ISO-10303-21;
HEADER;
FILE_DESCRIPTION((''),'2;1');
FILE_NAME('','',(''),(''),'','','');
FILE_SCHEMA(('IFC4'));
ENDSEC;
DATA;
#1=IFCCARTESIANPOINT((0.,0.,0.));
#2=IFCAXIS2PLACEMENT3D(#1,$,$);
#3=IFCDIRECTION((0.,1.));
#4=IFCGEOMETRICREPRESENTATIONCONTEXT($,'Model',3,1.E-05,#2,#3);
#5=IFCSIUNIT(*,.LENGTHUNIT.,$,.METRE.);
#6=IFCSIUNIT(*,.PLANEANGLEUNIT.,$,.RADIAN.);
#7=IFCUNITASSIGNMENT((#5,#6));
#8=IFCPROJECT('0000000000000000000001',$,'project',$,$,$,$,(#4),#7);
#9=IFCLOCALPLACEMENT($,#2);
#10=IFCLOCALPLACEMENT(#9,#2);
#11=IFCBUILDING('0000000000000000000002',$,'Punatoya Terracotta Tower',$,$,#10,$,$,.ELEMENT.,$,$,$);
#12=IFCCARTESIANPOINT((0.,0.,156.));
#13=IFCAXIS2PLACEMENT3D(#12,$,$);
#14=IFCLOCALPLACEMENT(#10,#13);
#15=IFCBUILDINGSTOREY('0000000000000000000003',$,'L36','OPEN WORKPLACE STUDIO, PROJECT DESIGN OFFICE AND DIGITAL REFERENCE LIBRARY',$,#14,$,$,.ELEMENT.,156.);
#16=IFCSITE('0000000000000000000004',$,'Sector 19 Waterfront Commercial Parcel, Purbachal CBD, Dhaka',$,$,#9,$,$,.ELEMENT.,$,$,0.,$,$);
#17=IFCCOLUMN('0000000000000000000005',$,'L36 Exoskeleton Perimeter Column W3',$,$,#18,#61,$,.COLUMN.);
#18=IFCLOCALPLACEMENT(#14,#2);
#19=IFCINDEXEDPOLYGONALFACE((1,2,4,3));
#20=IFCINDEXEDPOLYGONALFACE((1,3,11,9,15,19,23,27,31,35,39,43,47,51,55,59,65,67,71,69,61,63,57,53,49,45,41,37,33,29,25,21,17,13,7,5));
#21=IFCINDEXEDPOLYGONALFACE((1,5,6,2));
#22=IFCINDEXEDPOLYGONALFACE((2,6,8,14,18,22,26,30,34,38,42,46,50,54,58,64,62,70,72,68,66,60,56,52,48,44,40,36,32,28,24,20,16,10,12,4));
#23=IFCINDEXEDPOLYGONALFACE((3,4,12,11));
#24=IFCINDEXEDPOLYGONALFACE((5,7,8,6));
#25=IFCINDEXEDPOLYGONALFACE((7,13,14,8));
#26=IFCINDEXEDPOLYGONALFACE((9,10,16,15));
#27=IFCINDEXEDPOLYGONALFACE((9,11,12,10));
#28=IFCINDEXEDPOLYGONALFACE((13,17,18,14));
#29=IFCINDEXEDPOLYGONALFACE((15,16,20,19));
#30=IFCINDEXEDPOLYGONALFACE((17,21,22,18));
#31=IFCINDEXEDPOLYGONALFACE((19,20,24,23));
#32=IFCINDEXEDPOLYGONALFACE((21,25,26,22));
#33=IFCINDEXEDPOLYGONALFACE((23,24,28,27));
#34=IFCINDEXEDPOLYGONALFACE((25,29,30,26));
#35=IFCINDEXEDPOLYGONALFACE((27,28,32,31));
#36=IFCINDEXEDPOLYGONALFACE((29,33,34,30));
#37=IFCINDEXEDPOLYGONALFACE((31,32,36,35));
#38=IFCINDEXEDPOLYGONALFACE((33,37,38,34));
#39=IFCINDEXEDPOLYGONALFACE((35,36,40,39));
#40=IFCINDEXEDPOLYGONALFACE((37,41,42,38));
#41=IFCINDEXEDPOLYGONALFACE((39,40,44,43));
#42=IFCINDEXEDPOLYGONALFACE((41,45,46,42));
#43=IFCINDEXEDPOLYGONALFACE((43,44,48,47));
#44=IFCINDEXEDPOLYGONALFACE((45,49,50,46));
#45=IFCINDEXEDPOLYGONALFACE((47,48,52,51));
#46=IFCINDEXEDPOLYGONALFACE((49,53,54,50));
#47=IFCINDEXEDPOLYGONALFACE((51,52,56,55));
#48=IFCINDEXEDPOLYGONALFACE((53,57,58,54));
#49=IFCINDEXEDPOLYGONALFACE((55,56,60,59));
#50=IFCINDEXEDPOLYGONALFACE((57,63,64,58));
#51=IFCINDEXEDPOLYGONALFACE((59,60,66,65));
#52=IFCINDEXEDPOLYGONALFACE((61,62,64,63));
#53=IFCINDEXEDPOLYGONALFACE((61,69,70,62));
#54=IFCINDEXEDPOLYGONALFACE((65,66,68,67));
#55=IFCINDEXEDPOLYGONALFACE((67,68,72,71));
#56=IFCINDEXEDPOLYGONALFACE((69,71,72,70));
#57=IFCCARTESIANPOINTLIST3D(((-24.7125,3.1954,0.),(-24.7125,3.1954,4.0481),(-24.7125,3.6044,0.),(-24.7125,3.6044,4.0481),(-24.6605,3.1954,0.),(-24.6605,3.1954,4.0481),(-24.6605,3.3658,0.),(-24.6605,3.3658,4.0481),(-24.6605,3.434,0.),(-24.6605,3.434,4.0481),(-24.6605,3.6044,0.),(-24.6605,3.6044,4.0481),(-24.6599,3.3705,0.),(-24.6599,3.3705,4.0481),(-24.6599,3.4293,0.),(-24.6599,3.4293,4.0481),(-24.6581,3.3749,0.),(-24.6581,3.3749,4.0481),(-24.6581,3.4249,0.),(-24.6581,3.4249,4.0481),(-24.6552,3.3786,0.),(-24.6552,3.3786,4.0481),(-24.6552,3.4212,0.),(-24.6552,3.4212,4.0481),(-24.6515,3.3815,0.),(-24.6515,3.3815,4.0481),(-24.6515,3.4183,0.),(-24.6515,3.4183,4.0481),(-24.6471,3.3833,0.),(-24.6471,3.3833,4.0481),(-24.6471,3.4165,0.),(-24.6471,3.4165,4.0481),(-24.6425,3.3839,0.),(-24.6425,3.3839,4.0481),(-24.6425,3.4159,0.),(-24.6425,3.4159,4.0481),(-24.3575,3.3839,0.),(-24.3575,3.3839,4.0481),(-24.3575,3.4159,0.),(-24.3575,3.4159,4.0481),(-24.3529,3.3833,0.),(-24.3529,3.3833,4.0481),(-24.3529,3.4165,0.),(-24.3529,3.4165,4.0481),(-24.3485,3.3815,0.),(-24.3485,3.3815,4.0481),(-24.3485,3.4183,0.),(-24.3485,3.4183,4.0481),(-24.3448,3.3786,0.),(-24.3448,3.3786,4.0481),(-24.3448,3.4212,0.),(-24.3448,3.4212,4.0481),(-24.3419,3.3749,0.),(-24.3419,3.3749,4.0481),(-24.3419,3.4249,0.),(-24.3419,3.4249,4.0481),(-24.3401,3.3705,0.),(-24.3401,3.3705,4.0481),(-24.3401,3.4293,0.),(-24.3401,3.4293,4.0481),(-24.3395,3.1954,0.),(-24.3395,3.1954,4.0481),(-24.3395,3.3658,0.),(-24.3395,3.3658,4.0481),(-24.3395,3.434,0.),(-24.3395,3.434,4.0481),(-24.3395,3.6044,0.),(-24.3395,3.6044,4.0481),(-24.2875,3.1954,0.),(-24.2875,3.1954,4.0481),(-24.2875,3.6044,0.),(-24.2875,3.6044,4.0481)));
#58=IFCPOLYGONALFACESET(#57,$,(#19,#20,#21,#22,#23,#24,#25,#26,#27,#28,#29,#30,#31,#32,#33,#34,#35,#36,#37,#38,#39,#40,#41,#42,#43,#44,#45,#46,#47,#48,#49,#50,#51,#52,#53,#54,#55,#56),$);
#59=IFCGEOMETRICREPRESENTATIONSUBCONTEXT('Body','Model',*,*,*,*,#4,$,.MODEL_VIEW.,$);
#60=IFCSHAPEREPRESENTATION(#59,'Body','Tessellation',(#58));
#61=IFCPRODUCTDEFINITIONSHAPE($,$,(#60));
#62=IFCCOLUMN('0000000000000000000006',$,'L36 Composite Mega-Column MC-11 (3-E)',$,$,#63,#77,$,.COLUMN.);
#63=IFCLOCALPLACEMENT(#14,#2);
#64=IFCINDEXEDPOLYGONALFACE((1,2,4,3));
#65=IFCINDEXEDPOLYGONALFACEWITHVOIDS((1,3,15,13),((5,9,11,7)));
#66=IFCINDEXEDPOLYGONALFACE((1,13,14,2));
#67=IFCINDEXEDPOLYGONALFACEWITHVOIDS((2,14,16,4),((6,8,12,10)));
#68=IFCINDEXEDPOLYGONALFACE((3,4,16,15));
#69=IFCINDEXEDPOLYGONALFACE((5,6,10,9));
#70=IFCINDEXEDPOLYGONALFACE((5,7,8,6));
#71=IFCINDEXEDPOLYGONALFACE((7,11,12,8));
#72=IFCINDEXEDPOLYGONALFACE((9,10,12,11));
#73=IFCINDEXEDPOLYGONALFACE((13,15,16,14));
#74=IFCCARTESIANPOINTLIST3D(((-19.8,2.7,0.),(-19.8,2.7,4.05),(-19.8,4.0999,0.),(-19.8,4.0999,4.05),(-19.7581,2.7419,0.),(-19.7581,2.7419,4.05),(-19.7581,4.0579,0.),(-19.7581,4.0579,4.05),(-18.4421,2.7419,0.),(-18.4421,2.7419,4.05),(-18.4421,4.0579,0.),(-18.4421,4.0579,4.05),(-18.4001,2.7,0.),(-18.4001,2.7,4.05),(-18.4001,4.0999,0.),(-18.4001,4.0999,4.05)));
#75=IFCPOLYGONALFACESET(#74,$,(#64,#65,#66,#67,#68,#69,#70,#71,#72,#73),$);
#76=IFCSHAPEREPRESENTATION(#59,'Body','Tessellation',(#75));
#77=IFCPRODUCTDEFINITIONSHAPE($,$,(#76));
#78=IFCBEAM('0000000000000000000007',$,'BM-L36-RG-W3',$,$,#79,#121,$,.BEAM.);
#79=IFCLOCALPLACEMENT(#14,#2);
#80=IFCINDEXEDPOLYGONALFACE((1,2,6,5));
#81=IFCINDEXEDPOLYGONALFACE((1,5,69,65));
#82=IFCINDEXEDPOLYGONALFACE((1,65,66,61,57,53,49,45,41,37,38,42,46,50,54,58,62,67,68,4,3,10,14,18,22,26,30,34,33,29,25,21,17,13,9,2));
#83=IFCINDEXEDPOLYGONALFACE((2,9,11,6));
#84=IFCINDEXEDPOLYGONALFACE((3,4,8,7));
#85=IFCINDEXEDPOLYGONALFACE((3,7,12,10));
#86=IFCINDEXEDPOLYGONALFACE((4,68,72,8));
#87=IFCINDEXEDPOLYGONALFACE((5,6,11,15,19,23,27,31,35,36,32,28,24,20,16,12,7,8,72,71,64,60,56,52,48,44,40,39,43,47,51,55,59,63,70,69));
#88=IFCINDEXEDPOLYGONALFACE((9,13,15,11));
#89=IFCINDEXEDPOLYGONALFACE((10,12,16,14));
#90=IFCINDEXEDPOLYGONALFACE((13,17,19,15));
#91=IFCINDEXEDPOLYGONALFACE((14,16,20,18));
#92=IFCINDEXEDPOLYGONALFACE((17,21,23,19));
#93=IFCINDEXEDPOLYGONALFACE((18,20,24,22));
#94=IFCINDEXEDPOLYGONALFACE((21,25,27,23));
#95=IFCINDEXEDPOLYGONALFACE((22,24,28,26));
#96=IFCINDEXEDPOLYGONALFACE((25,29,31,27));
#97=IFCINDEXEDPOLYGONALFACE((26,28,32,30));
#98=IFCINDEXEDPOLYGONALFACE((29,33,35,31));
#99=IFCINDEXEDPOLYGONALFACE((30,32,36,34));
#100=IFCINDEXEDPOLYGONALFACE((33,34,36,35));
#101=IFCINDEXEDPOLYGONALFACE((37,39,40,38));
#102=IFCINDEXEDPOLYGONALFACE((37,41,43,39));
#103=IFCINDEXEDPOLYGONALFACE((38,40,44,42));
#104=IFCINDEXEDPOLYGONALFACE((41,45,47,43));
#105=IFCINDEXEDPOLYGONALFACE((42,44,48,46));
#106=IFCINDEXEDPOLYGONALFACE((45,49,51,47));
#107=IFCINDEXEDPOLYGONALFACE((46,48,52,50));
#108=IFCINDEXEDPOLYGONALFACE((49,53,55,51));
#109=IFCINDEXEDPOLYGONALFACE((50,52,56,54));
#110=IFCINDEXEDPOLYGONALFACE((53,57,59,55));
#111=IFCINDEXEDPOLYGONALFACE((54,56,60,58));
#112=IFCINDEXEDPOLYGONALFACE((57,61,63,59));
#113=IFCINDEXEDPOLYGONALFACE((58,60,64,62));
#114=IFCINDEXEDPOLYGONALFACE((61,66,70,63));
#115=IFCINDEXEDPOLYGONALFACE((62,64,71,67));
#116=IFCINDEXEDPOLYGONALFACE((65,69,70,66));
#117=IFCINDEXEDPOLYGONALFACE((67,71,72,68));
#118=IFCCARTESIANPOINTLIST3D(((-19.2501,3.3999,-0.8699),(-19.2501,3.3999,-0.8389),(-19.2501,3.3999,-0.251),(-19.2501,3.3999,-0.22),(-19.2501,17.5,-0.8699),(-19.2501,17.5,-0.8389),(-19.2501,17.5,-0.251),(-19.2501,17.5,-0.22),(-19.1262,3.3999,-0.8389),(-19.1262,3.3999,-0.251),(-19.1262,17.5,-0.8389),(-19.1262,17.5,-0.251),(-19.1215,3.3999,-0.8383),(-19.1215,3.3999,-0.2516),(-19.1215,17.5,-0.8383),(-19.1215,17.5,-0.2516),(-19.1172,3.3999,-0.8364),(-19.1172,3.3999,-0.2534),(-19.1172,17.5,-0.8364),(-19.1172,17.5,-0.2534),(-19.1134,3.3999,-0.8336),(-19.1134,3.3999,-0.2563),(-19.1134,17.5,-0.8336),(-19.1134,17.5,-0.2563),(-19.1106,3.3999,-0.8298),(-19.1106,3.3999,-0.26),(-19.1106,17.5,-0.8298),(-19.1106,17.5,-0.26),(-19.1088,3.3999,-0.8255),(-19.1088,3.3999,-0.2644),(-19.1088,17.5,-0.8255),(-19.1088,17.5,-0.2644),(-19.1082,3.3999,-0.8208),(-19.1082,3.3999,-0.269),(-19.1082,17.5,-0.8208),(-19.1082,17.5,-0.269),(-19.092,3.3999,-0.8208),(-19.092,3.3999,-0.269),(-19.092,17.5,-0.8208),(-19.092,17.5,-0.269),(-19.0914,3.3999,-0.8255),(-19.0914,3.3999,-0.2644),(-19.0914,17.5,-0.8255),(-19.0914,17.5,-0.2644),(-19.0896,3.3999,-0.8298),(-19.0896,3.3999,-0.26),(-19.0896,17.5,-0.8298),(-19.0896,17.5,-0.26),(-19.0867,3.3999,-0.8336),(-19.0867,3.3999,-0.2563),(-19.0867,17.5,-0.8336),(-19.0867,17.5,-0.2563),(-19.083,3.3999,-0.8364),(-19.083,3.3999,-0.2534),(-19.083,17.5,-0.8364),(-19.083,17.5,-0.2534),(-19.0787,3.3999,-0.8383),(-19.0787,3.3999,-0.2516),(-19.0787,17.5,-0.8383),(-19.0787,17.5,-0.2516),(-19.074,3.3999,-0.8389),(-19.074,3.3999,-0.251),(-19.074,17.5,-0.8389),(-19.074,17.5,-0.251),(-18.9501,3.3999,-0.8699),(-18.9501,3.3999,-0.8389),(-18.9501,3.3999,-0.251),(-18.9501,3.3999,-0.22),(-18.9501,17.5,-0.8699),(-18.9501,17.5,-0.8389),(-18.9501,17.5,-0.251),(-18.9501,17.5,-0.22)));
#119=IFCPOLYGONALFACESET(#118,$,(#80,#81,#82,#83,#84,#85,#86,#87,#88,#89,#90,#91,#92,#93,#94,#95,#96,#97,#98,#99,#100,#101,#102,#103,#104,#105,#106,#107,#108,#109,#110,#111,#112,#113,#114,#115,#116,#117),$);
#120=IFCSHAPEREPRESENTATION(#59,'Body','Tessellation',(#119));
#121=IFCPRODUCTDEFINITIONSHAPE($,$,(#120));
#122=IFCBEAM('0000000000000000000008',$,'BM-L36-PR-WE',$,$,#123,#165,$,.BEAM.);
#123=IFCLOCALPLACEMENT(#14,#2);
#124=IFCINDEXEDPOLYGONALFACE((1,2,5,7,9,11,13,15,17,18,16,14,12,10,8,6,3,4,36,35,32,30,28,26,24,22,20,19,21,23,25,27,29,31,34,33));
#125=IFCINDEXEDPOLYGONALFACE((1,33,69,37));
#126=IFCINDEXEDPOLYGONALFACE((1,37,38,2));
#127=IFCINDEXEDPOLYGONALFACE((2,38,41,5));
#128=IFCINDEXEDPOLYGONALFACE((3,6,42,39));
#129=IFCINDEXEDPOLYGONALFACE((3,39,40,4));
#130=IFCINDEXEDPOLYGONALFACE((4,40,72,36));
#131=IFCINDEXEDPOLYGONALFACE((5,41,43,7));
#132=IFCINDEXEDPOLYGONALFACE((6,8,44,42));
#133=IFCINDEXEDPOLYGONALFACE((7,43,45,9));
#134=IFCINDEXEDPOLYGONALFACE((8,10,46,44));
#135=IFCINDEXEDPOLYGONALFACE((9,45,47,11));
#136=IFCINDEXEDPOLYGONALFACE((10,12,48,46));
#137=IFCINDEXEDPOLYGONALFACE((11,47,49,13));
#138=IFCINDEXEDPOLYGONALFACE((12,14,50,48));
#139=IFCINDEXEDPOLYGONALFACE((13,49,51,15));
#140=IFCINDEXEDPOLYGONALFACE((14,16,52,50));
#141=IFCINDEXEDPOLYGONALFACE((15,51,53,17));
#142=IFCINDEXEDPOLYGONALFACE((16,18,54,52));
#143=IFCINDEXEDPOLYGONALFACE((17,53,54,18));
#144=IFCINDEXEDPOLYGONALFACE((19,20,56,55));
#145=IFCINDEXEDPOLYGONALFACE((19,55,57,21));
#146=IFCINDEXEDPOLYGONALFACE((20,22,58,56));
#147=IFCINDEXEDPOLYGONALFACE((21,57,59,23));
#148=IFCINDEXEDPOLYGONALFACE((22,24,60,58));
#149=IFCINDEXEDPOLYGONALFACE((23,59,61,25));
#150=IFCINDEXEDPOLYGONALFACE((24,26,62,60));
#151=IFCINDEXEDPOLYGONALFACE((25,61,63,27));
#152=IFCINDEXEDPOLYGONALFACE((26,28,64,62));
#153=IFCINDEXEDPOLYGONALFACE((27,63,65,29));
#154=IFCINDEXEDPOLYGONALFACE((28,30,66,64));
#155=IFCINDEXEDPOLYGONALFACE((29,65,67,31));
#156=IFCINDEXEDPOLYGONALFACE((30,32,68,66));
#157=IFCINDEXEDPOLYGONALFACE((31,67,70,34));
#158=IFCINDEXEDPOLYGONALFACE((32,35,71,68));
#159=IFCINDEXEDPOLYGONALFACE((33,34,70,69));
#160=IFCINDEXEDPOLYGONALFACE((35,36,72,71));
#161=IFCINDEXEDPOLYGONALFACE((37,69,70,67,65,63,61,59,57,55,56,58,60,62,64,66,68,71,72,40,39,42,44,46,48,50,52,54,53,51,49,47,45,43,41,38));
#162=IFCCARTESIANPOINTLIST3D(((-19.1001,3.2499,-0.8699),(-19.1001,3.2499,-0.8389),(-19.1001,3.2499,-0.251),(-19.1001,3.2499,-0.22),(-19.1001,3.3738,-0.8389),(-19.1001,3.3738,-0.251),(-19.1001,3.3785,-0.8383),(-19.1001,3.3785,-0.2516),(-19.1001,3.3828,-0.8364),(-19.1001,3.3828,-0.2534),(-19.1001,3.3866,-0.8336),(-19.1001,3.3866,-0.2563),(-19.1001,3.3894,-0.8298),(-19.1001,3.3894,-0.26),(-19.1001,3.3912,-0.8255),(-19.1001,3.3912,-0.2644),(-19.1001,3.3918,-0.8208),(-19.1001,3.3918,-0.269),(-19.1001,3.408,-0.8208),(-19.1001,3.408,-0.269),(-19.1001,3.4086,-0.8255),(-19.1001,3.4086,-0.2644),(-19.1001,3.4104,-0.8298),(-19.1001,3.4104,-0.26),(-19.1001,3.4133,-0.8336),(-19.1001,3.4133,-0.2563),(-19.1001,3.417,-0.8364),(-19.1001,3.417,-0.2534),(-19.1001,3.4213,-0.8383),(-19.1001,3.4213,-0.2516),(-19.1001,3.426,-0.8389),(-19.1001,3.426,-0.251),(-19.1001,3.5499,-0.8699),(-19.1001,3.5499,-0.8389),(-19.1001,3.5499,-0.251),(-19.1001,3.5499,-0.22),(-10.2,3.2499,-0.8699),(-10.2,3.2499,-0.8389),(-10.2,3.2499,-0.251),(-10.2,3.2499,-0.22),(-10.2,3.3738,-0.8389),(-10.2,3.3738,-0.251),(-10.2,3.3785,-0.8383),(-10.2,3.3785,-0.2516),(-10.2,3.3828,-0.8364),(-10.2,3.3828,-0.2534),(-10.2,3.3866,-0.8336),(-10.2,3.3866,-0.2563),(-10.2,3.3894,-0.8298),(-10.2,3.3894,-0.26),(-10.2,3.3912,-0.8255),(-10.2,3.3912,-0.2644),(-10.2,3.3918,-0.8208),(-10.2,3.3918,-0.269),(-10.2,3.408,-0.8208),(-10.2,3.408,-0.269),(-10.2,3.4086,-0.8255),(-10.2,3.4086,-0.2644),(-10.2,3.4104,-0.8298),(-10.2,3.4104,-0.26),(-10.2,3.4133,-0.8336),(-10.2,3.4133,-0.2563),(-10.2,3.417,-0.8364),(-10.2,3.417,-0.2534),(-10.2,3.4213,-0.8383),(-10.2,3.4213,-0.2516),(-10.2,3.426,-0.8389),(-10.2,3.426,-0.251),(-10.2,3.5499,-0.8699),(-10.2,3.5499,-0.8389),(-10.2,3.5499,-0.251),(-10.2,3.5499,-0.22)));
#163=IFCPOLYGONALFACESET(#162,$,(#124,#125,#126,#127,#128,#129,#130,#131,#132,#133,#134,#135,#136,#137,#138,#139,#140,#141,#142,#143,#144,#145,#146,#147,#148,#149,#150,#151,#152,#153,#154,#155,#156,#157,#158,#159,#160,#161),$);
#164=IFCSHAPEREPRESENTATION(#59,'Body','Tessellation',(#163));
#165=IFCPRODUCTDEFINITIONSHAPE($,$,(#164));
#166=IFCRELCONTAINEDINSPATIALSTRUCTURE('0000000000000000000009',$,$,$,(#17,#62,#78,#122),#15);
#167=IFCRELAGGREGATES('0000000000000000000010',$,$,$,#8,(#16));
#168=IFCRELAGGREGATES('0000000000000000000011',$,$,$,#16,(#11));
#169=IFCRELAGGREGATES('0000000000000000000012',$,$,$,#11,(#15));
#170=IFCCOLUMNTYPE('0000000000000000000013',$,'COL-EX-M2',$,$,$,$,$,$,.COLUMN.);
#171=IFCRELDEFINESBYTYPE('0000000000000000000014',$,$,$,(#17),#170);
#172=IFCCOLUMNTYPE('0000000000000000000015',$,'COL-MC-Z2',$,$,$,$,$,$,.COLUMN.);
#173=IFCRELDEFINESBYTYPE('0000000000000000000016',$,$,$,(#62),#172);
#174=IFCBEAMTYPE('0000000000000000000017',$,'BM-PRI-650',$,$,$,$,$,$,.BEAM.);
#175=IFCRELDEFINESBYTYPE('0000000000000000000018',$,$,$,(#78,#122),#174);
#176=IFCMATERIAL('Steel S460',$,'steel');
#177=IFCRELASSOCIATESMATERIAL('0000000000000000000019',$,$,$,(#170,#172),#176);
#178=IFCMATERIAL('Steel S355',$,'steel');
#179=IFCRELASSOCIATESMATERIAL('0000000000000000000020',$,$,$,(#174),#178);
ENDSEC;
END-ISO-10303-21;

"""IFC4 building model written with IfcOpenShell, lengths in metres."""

from ifc_helpers import new_model, si_unit, direction, frame, origin, origin_2d, place, context, subcontext, project, spatial, hollow_rectangle, i_section, extrude, material, material_profile, profile_set, type_object, element, save


model = new_model("IFC4")

# Units and contexts
model_context = context("Model", 3, precision=1e-05, world=origin(), true_north=direction((0.0, 1.0)))
body_context = subcontext(model_context, "Body", "Model", "MODEL_VIEW")
ifc_project = project(units=[si_unit("LENGTHUNIT", "METRE"), si_unit("PLANEANGLEUNIT", "RADIAN")], contexts=[model_context])

# Site, building, storey
site_placement = place(None, origin())
site = spatial("IfcSite", under=ifc_project, at=site_placement, Name="Sector 19 Waterfront Commercial Parcel, Purbachal CBD, Dhaka", CompositionType="ELEMENT", RefElevation=0.0)
building_placement = place(site_placement, origin())
building = spatial("IfcBuilding", under=site, at=building_placement, Name="Punatoya Terracotta Tower", CompositionType="ELEMENT")
storey_placement = place(building_placement, frame((0.0, 0.0, 156.0)))
storey = spatial("IfcBuildingStorey", under=building, at=storey_placement, Name="L36", Description="OPEN WORKPLACE STUDIO, PROJECT DESIGN OFFICE AND DIGITAL REFERENCE LIBRARY", CompositionType="ELEMENT", Elevation=156.0)

# Columns
ifc_material_1 = material(Name="Steel S460", Category="steel")
ifc_material_profile_1 = material_profile(ifc_material_1, i_section(OverallWidth=0.4089, OverallDepth=0.425, WebThickness=0.032, FlangeThickness=0.052, FilletRadius=0.0181, at=origin_2d()))
ifc_profile_set_1 = profile_set([ifc_material_profile_1], Name="Steel S460")
column_type_1 = type_object("IfcColumnType", Name="COL-EX-M2", PredefinedType="COLUMN", material=ifc_profile_set_1)
column_1_placement = place(storey_placement, frame((-24.5, 3.3999, 0.0), z_axis=(0.0, 0.0, 1.0), x_axis=(0.0, 1.0, 0.0)))
element("IfcColumn", 1, at=column_1_placement, inside=storey, type_object=column_type_1, Name="L36 Exoskeleton Perimeter Column W3", PredefinedType="COLUMN", context=body_context, shape_type="SweptSolid", body=[
    extrude(i_section(OverallWidth=0.4089, OverallDepth=0.425, WebThickness=0.032, FlangeThickness=0.052, FilletRadius=0.0181, at=origin_2d()), origin(), (0.0, 0.0, 1.0), 4.0481),
])
ifc_material_profile_2 = material_profile(ifc_material_1, hollow_rectangle(XDim=1.3999, YDim=1.3999, WallThickness=0.042, at=origin_2d()))
ifc_profile_set_2 = profile_set([ifc_material_profile_2], Name="Steel S460")
column_type_2 = type_object("IfcColumnType", Name="COL-MC-Z2", PredefinedType="COLUMN", material=ifc_profile_set_2)
column_2_placement = place(storey_placement, frame((-19.1001, 3.3999, 0.0), z_axis=(0.0, 0.0, 1.0), x_axis=(1.0, 0.0, 0.0)))
element("IfcColumn", 2, at=column_2_placement, inside=storey, type_object=column_type_2, Name="L36 Composite Mega-Column MC-11 (3-E)", PredefinedType="COLUMN", context=body_context, shape_type="SweptSolid", body=[
    extrude(hollow_rectangle(XDim=1.3999, YDim=1.3999, WallThickness=0.042, at=origin_2d()), origin(), (0.0, 0.0, 1.0), 4.05),
])

# Beams
ifc_material_2 = material(Name="Steel S355", Category="steel")
ifc_material_profile_3 = material_profile(ifc_material_2, i_section(OverallWidth=0.3, OverallDepth=0.6499, WebThickness=0.0161, FlangeThickness=0.031, FilletRadius=0.0181, at=origin_2d()))
ifc_profile_set_3 = profile_set([ifc_material_profile_3], Name="Steel S355")
beam_type_1 = type_object("IfcBeamType", Name="BM-PRI-650", PredefinedType="BEAM", material=ifc_profile_set_3)
beam_1_placement = place(storey_placement, frame((-19.1001, 3.3999, -0.5449), z_axis=(0.0, 1.0, 0.0), x_axis=(-1.0, 0.0, 0.0)))
element("IfcBeam", 3, at=beam_1_placement, inside=storey, type_object=beam_type_1, Name="BM-L36-RG-W3", PredefinedType="BEAM", context=body_context, shape_type="SweptSolid", body=[
    extrude(i_section(OverallWidth=0.3, OverallDepth=0.6499, WebThickness=0.0161, FlangeThickness=0.031, FilletRadius=0.0181, at=origin_2d()), origin(), (0.0, 0.0, 1.0), 14.1001),
])
for number, where, z_axis, x_axis, name in (
    (4, (-19.1001, 3.3999, -0.5449), (1.0, 0.0, 0.0), (0.0, 1.0, 0.0), "BM-L36-PR-WE"),
):
    element("IfcBeam", number, at=place(storey_placement, frame(where, z_axis=z_axis, x_axis=x_axis)), inside=storey, type_object=beam_type_1, Name=name, PredefinedType="BEAM", context=body_context, shape_type="SweptSolid", body=[
        extrude(i_section(OverallWidth=0.3, OverallDepth=0.6499, WebThickness=0.0161, FlangeThickness=0.031, FilletRadius=0.0181, at=origin_2d()), origin(), (0.0, 0.0, 1.0), 8.9001),
    ])

save(model, "model.ifc")
